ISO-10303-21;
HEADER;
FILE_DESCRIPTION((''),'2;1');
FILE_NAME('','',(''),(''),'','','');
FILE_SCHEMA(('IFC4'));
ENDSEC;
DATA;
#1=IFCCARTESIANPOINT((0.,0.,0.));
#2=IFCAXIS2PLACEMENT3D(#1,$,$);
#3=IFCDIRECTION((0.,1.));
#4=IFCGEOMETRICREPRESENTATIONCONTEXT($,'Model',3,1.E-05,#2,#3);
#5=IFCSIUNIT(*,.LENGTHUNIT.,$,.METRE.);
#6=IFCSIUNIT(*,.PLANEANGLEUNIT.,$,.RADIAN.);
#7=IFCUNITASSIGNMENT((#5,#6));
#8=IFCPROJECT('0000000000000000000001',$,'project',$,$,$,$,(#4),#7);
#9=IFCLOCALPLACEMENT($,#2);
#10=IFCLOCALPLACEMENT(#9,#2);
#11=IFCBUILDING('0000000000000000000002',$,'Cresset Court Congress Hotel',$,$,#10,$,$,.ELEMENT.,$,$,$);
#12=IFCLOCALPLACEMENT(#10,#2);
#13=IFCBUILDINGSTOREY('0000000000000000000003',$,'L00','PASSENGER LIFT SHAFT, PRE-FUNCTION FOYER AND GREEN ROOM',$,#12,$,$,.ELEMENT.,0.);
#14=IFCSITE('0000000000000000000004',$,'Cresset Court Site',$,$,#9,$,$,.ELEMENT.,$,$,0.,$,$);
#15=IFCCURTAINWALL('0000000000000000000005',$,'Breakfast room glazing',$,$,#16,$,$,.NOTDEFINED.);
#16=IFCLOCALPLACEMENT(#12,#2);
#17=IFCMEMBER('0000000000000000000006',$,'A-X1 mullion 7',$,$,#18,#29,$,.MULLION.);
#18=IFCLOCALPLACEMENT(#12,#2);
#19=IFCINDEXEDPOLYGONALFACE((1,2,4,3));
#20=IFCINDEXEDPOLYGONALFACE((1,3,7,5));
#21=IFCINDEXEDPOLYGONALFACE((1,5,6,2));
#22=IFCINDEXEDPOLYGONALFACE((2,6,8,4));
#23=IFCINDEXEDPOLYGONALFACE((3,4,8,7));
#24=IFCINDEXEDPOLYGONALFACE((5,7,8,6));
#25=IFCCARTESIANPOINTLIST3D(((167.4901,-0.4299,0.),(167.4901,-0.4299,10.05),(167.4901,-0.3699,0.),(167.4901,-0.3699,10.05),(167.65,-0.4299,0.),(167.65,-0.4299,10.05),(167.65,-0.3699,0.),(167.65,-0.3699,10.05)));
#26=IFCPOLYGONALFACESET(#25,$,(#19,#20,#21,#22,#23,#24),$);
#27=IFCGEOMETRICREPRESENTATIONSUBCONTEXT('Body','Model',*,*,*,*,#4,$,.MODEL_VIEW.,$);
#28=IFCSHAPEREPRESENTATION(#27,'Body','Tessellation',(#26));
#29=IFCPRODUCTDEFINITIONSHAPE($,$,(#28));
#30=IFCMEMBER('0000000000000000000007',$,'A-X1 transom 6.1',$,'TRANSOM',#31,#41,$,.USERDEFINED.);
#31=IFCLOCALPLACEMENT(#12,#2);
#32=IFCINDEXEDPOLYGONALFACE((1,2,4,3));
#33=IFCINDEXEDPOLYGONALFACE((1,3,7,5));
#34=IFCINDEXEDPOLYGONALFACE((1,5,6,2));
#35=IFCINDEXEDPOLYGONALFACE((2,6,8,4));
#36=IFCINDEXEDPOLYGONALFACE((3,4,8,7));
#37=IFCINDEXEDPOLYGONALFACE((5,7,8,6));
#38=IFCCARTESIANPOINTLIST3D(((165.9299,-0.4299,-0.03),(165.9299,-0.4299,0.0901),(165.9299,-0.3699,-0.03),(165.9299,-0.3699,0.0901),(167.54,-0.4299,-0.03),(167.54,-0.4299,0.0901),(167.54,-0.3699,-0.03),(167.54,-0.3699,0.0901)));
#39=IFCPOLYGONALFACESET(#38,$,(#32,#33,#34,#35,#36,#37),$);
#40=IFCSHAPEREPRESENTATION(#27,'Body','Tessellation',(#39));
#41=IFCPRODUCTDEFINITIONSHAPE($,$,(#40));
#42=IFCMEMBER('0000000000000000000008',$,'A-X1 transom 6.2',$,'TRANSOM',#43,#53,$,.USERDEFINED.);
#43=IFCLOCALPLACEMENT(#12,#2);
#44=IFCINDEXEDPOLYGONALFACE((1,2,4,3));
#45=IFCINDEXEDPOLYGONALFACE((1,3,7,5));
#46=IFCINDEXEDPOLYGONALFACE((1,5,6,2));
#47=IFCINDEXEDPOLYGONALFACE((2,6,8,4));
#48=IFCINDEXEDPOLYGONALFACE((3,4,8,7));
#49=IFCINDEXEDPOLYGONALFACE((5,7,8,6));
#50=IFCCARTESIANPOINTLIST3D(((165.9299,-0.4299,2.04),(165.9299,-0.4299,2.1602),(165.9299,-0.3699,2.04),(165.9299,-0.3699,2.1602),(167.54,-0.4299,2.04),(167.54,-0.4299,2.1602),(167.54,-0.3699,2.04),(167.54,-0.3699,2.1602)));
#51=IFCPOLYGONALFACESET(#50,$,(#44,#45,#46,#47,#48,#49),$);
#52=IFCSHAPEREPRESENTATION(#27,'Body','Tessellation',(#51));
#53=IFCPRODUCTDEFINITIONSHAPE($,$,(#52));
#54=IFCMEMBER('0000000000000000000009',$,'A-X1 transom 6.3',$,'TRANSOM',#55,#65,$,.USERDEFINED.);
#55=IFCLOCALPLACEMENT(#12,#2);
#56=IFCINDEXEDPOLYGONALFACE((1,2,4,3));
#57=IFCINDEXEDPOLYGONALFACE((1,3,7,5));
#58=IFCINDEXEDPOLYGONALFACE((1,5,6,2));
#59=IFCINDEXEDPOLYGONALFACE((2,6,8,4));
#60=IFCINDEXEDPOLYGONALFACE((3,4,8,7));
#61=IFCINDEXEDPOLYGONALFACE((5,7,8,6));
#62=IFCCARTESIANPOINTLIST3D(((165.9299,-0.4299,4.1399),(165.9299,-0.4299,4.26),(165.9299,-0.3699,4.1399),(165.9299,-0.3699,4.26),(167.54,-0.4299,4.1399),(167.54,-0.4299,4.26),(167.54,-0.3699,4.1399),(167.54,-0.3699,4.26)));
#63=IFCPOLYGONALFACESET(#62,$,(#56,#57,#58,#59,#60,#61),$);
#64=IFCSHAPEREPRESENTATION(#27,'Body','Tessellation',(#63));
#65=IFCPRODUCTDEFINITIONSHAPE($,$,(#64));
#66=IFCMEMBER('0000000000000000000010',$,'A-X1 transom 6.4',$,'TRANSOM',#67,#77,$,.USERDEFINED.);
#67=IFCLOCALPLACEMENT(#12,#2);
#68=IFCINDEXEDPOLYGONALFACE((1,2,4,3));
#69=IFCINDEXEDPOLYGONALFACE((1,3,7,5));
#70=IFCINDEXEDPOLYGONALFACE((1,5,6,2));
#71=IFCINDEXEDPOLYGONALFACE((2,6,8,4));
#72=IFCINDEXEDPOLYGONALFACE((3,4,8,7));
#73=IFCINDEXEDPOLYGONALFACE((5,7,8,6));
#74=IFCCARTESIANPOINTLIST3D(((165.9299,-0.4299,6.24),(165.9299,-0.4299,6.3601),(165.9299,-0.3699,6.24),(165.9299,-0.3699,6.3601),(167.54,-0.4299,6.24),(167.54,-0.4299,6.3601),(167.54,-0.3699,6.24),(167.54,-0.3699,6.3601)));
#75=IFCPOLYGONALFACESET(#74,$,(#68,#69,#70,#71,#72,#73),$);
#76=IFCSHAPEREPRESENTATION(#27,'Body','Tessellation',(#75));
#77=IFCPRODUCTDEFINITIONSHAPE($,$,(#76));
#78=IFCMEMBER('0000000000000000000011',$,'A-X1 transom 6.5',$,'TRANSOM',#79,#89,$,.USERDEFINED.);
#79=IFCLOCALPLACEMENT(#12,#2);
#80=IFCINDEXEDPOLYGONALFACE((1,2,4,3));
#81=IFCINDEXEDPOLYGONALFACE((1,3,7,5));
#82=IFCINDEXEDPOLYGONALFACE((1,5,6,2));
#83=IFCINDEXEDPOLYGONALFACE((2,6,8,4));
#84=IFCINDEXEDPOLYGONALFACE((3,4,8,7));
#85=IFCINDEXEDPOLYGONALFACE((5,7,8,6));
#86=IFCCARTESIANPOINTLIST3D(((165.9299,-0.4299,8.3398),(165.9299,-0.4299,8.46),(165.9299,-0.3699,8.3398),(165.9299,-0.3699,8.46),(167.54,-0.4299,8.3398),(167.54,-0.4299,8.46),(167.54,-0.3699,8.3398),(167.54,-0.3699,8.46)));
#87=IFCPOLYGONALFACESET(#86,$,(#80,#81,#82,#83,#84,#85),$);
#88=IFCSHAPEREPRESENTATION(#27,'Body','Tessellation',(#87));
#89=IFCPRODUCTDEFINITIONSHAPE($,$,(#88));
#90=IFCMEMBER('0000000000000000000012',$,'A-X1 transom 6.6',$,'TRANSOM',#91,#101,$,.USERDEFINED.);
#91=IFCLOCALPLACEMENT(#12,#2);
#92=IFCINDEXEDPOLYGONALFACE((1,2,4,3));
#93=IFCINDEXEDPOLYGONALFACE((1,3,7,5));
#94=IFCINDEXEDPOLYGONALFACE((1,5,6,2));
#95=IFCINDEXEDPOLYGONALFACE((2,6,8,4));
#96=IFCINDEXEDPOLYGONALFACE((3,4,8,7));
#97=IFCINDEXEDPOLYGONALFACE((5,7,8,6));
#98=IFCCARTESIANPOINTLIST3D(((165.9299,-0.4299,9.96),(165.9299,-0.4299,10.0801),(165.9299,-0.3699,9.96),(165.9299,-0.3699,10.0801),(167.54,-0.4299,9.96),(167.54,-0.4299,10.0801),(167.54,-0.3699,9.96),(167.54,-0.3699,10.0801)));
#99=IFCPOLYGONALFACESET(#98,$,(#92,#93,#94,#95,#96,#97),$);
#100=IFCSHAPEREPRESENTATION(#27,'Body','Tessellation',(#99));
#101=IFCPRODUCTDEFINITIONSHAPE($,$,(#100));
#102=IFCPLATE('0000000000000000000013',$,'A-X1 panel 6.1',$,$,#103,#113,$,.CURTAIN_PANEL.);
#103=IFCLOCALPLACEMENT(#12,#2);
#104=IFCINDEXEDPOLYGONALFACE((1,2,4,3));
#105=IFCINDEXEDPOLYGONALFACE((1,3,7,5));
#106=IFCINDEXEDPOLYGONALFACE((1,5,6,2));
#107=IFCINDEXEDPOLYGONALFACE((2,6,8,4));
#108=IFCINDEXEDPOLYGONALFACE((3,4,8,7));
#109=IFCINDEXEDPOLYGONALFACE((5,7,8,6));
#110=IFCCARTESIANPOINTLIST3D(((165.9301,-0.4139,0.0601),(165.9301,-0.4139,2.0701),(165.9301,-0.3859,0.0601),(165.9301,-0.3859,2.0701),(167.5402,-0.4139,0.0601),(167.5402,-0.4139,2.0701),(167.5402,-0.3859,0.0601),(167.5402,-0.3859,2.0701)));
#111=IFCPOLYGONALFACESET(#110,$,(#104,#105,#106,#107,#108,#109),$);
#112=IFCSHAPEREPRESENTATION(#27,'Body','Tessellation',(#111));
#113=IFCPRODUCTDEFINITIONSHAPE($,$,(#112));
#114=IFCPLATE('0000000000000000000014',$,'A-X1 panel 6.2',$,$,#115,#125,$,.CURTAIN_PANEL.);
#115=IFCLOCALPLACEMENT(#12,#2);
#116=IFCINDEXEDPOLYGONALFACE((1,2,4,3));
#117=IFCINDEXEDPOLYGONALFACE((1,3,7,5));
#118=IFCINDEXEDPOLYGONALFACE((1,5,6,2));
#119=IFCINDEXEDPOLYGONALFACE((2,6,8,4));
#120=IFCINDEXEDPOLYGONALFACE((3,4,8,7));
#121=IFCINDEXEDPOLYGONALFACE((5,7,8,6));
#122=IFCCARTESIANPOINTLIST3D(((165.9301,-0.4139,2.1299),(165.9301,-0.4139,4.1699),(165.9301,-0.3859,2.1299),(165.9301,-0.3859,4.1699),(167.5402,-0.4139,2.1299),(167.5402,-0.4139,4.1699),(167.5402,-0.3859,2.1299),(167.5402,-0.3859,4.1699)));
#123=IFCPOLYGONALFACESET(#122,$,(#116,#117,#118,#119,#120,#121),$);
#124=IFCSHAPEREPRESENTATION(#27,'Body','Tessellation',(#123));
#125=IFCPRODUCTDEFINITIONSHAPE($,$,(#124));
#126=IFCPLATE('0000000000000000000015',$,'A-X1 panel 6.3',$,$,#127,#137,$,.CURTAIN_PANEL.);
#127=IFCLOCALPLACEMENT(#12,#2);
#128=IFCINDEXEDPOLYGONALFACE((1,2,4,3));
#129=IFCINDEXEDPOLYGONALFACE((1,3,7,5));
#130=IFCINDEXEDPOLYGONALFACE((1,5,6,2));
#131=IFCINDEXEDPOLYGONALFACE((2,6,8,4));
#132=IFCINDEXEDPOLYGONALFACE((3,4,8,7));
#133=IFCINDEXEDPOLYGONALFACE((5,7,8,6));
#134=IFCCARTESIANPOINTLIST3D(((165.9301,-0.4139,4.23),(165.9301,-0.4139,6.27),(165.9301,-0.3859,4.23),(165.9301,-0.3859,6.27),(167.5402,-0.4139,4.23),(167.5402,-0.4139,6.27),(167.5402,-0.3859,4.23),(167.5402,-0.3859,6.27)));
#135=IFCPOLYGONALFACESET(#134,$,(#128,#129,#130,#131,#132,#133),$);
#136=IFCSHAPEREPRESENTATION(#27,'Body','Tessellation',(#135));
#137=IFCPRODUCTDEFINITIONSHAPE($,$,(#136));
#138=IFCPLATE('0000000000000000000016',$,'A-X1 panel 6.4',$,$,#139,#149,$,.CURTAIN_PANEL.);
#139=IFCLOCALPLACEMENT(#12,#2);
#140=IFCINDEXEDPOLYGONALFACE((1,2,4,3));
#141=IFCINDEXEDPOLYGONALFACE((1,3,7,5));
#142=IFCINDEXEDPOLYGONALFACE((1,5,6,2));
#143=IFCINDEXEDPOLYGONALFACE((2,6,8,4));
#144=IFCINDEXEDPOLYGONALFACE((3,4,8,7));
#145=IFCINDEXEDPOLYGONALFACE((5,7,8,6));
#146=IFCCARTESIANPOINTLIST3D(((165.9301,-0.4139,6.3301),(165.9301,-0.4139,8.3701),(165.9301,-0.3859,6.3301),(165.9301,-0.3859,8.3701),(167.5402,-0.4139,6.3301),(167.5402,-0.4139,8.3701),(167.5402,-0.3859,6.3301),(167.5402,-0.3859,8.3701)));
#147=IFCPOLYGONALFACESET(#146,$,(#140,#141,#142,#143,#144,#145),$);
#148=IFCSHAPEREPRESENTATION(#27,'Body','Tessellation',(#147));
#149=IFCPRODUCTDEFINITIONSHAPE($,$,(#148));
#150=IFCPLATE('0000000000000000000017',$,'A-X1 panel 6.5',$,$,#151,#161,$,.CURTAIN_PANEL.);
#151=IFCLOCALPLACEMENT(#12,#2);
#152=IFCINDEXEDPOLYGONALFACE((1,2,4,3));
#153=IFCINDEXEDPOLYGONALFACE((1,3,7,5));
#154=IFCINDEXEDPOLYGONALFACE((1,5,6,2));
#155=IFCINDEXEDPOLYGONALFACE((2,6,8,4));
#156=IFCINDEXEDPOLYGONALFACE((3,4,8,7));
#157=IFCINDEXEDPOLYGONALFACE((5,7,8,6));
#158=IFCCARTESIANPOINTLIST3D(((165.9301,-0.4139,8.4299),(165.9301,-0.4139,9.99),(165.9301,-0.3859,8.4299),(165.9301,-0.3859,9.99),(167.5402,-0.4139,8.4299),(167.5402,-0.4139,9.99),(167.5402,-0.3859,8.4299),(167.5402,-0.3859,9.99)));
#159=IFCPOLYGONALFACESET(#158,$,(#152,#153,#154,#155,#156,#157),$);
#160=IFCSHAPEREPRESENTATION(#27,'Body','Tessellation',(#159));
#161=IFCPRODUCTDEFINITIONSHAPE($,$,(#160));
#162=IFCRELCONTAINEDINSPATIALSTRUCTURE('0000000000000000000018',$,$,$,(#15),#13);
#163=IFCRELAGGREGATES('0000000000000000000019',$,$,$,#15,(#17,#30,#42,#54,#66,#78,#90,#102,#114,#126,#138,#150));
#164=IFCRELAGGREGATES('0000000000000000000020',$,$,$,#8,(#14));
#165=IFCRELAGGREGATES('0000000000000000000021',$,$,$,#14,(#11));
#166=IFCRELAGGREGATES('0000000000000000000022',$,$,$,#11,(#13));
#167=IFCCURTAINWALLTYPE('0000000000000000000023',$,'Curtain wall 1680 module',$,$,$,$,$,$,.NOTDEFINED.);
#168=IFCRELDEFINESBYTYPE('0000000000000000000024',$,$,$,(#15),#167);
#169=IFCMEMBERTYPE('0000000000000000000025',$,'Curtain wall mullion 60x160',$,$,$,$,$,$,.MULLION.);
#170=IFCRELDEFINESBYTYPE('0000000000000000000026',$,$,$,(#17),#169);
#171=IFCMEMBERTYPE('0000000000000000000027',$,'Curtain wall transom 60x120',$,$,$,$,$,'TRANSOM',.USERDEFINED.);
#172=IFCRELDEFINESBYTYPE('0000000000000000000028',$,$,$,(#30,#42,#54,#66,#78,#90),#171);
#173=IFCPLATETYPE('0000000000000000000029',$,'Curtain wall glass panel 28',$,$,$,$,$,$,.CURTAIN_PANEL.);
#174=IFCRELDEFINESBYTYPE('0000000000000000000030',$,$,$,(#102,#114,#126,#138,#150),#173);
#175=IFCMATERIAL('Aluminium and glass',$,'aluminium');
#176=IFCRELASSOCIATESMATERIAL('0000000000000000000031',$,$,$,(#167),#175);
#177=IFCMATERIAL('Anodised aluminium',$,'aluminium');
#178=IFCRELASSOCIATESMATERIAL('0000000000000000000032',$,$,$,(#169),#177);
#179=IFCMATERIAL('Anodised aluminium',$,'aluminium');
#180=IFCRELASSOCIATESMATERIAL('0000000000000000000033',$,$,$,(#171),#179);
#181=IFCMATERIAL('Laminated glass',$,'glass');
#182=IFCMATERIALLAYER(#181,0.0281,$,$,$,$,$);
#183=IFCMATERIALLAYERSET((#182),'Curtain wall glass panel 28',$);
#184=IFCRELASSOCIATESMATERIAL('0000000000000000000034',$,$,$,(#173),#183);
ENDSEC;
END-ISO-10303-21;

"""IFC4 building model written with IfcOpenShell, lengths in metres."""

from ifc_helpers import new_model, si_unit, direction, frame, origin, origin_2d, place, context, subcontext, project, spatial, rectangle, extrude, material, layer, layer_set, material_profile, profile_set, type_object, element, aggregate, save


model = new_model("IFC4")

# Units and contexts
model_context = context("Model", 3, precision=1e-05, world=origin(), true_north=direction((0.0, 1.0)))
body_context = subcontext(model_context, "Body", "Model", "MODEL_VIEW")
ifc_project = project(units=[si_unit("LENGTHUNIT", "METRE"), si_unit("PLANEANGLEUNIT", "RADIAN")], contexts=[model_context])

# Site, building, storey
site_placement = place(None, origin())
site = spatial("IfcSite", under=ifc_project, at=site_placement, Name="Cresset Court Site", CompositionType="ELEMENT", RefElevation=0.0)
building_placement = place(site_placement, origin())
building = spatial("IfcBuilding", under=site, at=building_placement, Name="Cresset Court Congress Hotel", CompositionType="ELEMENT")
storey_placement = place(building_placement, origin())
storey = spatial("IfcBuildingStorey", under=building, at=storey_placement, Name="L00", Description="PASSENGER LIFT SHAFT, PRE-FUNCTION FOYER AND GREEN ROOM", CompositionType="ELEMENT", Elevation=0.0)

# Curtain wall, members, plates
ifc_material_1 = material(Name="Aluminium and glass", Category="aluminium")
curtain_wall_type = type_object("IfcCurtainWallType", Name="Curtain wall 1680 module", PredefinedType="NOTDEFINED", material=ifc_material_1)
curtain_wall_placement = place(storey_placement, origin())
curtain_wall = element("IfcCurtainWall", 1, at=curtain_wall_placement, inside=storey, type_object=curtain_wall_type, Name="Breakfast room glazing", PredefinedType="NOTDEFINED")
ifc_material_2 = material(Name="Anodised aluminium", Category="aluminium")
ifc_material_profile_1 = material_profile(ifc_material_2, rectangle(XDim=0.0601, YDim=0.1599, at=origin_2d()), Name="AL60x160")
ifc_profile_set_1 = profile_set([ifc_material_profile_1], Name="Anodised aluminium")
member_type_1 = type_object("IfcMemberType", Name="Curtain wall mullion 60x160", PredefinedType="MULLION", material=ifc_profile_set_1)
member_1_placement = place(storey_placement, frame((167.5701, -0.3999, 0.0), z_axis=(0.0, 0.0, 1.0), x_axis=(0.0, 1.0, 0.0)))
member_1 = element("IfcMember", 2, at=member_1_placement, type_object=member_type_1, Name="A-X1 mullion 7", PredefinedType="MULLION", context=body_context, shape_type="SweptSolid", body=[
    extrude(rectangle(XDim=0.0601, YDim=0.1599, at=origin_2d()), origin(), (0.0, 0.0, 1.0), 10.05),
])
ifc_material_3 = material(Name="Anodised aluminium", Category="aluminium")
ifc_material_profile_2 = material_profile(ifc_material_3, rectangle(XDim=0.0601, YDim=0.1201, at=origin_2d()), Name="AL60x120")
ifc_profile_set_2 = profile_set([ifc_material_profile_2], Name="Anodised aluminium")
member_type_2 = type_object("IfcMemberType", Name="Curtain wall transom 60x120", ElementType="TRANSOM", PredefinedType="USERDEFINED", material=ifc_profile_set_2)
member_2_placement = place(storey_placement, frame((165.9299, -0.3999, 0.03), z_axis=(1.0, 0.0, 0.0), x_axis=(0.0, 1.0, 0.0)))
member_2 = element("IfcMember", 3, at=member_2_placement, type_object=member_type_2, Name="A-X1 transom 6.1", ObjectType="TRANSOM", PredefinedType="USERDEFINED", context=body_context, shape_type="SweptSolid", body=[
    extrude(rectangle(XDim=0.0601, YDim=0.1201, at=origin_2d()), origin(), (0.0, 0.0, 1.0), 1.6101),
])
member_3_placement = place(storey_placement, frame((165.9299, -0.3999, 2.1001), z_axis=(1.0, 0.0, 0.0), x_axis=(0.0, 1.0, 0.0)))
member_3 = element("IfcMember", 4, at=member_3_placement, type_object=member_type_2, Name="A-X1 transom 6.2", ObjectType="TRANSOM", PredefinedType="USERDEFINED", context=body_context, shape_type="SweptSolid", body=[
    extrude(rectangle(XDim=0.0601, YDim=0.1201, at=origin_2d()), origin(), (0.0, 0.0, 1.0), 1.6101),
])
member_4_placement = place(storey_placement, frame((165.9299, -0.3999, 4.2), z_axis=(1.0, 0.0, 0.0), x_axis=(0.0, 1.0, 0.0)))
member_4 = element("IfcMember", 5, at=member_4_placement, type_object=member_type_2, Name="A-X1 transom 6.3", ObjectType="TRANSOM", PredefinedType="USERDEFINED", context=body_context, shape_type="SweptSolid", body=[
    extrude(rectangle(XDim=0.0601, YDim=0.1201, at=origin_2d()), origin(), (0.0, 0.0, 1.0), 1.6101),
])
member_5_placement = place(storey_placement, frame((165.9299, -0.3999, 6.3), z_axis=(1.0, 0.0, 0.0), x_axis=(0.0, 1.0, 0.0)))
member_5 = element("IfcMember", 6, at=member_5_placement, type_object=member_type_2, Name="A-X1 transom 6.4", ObjectType="TRANSOM", PredefinedType="USERDEFINED", context=body_context, shape_type="SweptSolid", body=[
    extrude(rectangle(XDim=0.0601, YDim=0.1201, at=origin_2d()), origin(), (0.0, 0.0, 1.0), 1.6101),
])
member_6_placement = place(storey_placement, frame((165.9299, -0.3999, 8.3999), z_axis=(1.0, 0.0, 0.0), x_axis=(0.0, 1.0, 0.0)))
member_6 = element("IfcMember", 7, at=member_6_placement, type_object=member_type_2, Name="A-X1 transom 6.5", ObjectType="TRANSOM", PredefinedType="USERDEFINED", context=body_context, shape_type="SweptSolid", body=[
    extrude(rectangle(XDim=0.0601, YDim=0.1201, at=origin_2d()), origin(), (0.0, 0.0, 1.0), 1.6101),
])
member_7_placement = place(storey_placement, frame((165.9299, -0.3999, 10.02), z_axis=(1.0, 0.0, 0.0), x_axis=(0.0, 1.0, 0.0)))
member_7 = element("IfcMember", 8, at=member_7_placement, type_object=member_type_2, Name="A-X1 transom 6.6", ObjectType="TRANSOM", PredefinedType="USERDEFINED", context=body_context, shape_type="SweptSolid", body=[
    extrude(rectangle(XDim=0.0601, YDim=0.1201, at=origin_2d()), origin(), (0.0, 0.0, 1.0), 1.6101),
])
ifc_material_4 = material(Name="Laminated glass", Category="glass")
ifc_layer_1 = layer(ifc_material_4, 0.0281)
ifc_layer_set_1 = layer_set([ifc_layer_1], Name="Curtain wall glass panel 28")
plate_type = type_object("IfcPlateType", Name="Curtain wall glass panel 28", PredefinedType="CURTAIN_PANEL", material=ifc_layer_set_1)
plate_1_placement = place(storey_placement, frame((166.7351, -0.3999, 0.0601), z_axis=(0.0, 0.0, 1.0), x_axis=(1.0, 0.0, 0.0)))
plate_1 = element("IfcPlate", 9, at=plate_1_placement, type_object=plate_type, Name="A-X1 panel 6.1", PredefinedType="CURTAIN_PANEL", context=body_context, shape_type="SweptSolid", body=[
    extrude(rectangle(XDim=1.6101, YDim=0.0281, at=origin_2d()), origin(), (0.0, 0.0, 1.0), 2.01),
])
plate_2_placement = place(storey_placement, frame((166.7351, -0.3999, 2.1299), z_axis=(0.0, 0.0, 1.0), x_axis=(1.0, 0.0, 0.0)))
plate_2 = element("IfcPlate", 10, at=plate_2_placement, type_object=plate_type, Name="A-X1 panel 6.2", PredefinedType="CURTAIN_PANEL", context=body_context, shape_type="SweptSolid", body=[
    extrude(rectangle(XDim=1.6101, YDim=0.0281, at=origin_2d()), origin(), (0.0, 0.0, 1.0), 2.04),
])
plate_3_placement = place(storey_placement, frame((166.7351, -0.3999, 4.23), z_axis=(0.0, 0.0, 1.0), x_axis=(1.0, 0.0, 0.0)))
plate_3 = element("IfcPlate", 11, at=plate_3_placement, type_object=plate_type, Name="A-X1 panel 6.3", PredefinedType="CURTAIN_PANEL", context=body_context, shape_type="SweptSolid", body=[
    extrude(rectangle(XDim=1.6101, YDim=0.0281, at=origin_2d()), origin(), (0.0, 0.0, 1.0), 2.04),
])
plate_4_placement = place(storey_placement, frame((166.7351, -0.3999, 6.3301), z_axis=(0.0, 0.0, 1.0), x_axis=(1.0, 0.0, 0.0)))
plate_4 = element("IfcPlate", 12, at=plate_4_placement, type_object=plate_type, Name="A-X1 panel 6.4", PredefinedType="CURTAIN_PANEL", context=body_context, shape_type="SweptSolid", body=[
    extrude(rectangle(XDim=1.6101, YDim=0.0281, at=origin_2d()), origin(), (0.0, 0.0, 1.0), 2.04),
])
plate_5_placement = place(storey_placement, frame((166.7351, -0.3999, 8.4299), z_axis=(0.0, 0.0, 1.0), x_axis=(1.0, 0.0, 0.0)))
plate_5 = element("IfcPlate", 13, at=plate_5_placement, type_object=plate_type, Name="A-X1 panel 6.5", PredefinedType="CURTAIN_PANEL", context=body_context, shape_type="SweptSolid", body=[
    extrude(rectangle(XDim=1.6101, YDim=0.0281, at=origin_2d()), origin(), (0.0, 0.0, 1.0), 1.5601),
])
aggregate(curtain_wall, [member_1, member_2, member_3, member_4, member_5, member_6, member_7, plate_1, plate_2, plate_3, plate_4, plate_5])

save(model, "model.ifc")
